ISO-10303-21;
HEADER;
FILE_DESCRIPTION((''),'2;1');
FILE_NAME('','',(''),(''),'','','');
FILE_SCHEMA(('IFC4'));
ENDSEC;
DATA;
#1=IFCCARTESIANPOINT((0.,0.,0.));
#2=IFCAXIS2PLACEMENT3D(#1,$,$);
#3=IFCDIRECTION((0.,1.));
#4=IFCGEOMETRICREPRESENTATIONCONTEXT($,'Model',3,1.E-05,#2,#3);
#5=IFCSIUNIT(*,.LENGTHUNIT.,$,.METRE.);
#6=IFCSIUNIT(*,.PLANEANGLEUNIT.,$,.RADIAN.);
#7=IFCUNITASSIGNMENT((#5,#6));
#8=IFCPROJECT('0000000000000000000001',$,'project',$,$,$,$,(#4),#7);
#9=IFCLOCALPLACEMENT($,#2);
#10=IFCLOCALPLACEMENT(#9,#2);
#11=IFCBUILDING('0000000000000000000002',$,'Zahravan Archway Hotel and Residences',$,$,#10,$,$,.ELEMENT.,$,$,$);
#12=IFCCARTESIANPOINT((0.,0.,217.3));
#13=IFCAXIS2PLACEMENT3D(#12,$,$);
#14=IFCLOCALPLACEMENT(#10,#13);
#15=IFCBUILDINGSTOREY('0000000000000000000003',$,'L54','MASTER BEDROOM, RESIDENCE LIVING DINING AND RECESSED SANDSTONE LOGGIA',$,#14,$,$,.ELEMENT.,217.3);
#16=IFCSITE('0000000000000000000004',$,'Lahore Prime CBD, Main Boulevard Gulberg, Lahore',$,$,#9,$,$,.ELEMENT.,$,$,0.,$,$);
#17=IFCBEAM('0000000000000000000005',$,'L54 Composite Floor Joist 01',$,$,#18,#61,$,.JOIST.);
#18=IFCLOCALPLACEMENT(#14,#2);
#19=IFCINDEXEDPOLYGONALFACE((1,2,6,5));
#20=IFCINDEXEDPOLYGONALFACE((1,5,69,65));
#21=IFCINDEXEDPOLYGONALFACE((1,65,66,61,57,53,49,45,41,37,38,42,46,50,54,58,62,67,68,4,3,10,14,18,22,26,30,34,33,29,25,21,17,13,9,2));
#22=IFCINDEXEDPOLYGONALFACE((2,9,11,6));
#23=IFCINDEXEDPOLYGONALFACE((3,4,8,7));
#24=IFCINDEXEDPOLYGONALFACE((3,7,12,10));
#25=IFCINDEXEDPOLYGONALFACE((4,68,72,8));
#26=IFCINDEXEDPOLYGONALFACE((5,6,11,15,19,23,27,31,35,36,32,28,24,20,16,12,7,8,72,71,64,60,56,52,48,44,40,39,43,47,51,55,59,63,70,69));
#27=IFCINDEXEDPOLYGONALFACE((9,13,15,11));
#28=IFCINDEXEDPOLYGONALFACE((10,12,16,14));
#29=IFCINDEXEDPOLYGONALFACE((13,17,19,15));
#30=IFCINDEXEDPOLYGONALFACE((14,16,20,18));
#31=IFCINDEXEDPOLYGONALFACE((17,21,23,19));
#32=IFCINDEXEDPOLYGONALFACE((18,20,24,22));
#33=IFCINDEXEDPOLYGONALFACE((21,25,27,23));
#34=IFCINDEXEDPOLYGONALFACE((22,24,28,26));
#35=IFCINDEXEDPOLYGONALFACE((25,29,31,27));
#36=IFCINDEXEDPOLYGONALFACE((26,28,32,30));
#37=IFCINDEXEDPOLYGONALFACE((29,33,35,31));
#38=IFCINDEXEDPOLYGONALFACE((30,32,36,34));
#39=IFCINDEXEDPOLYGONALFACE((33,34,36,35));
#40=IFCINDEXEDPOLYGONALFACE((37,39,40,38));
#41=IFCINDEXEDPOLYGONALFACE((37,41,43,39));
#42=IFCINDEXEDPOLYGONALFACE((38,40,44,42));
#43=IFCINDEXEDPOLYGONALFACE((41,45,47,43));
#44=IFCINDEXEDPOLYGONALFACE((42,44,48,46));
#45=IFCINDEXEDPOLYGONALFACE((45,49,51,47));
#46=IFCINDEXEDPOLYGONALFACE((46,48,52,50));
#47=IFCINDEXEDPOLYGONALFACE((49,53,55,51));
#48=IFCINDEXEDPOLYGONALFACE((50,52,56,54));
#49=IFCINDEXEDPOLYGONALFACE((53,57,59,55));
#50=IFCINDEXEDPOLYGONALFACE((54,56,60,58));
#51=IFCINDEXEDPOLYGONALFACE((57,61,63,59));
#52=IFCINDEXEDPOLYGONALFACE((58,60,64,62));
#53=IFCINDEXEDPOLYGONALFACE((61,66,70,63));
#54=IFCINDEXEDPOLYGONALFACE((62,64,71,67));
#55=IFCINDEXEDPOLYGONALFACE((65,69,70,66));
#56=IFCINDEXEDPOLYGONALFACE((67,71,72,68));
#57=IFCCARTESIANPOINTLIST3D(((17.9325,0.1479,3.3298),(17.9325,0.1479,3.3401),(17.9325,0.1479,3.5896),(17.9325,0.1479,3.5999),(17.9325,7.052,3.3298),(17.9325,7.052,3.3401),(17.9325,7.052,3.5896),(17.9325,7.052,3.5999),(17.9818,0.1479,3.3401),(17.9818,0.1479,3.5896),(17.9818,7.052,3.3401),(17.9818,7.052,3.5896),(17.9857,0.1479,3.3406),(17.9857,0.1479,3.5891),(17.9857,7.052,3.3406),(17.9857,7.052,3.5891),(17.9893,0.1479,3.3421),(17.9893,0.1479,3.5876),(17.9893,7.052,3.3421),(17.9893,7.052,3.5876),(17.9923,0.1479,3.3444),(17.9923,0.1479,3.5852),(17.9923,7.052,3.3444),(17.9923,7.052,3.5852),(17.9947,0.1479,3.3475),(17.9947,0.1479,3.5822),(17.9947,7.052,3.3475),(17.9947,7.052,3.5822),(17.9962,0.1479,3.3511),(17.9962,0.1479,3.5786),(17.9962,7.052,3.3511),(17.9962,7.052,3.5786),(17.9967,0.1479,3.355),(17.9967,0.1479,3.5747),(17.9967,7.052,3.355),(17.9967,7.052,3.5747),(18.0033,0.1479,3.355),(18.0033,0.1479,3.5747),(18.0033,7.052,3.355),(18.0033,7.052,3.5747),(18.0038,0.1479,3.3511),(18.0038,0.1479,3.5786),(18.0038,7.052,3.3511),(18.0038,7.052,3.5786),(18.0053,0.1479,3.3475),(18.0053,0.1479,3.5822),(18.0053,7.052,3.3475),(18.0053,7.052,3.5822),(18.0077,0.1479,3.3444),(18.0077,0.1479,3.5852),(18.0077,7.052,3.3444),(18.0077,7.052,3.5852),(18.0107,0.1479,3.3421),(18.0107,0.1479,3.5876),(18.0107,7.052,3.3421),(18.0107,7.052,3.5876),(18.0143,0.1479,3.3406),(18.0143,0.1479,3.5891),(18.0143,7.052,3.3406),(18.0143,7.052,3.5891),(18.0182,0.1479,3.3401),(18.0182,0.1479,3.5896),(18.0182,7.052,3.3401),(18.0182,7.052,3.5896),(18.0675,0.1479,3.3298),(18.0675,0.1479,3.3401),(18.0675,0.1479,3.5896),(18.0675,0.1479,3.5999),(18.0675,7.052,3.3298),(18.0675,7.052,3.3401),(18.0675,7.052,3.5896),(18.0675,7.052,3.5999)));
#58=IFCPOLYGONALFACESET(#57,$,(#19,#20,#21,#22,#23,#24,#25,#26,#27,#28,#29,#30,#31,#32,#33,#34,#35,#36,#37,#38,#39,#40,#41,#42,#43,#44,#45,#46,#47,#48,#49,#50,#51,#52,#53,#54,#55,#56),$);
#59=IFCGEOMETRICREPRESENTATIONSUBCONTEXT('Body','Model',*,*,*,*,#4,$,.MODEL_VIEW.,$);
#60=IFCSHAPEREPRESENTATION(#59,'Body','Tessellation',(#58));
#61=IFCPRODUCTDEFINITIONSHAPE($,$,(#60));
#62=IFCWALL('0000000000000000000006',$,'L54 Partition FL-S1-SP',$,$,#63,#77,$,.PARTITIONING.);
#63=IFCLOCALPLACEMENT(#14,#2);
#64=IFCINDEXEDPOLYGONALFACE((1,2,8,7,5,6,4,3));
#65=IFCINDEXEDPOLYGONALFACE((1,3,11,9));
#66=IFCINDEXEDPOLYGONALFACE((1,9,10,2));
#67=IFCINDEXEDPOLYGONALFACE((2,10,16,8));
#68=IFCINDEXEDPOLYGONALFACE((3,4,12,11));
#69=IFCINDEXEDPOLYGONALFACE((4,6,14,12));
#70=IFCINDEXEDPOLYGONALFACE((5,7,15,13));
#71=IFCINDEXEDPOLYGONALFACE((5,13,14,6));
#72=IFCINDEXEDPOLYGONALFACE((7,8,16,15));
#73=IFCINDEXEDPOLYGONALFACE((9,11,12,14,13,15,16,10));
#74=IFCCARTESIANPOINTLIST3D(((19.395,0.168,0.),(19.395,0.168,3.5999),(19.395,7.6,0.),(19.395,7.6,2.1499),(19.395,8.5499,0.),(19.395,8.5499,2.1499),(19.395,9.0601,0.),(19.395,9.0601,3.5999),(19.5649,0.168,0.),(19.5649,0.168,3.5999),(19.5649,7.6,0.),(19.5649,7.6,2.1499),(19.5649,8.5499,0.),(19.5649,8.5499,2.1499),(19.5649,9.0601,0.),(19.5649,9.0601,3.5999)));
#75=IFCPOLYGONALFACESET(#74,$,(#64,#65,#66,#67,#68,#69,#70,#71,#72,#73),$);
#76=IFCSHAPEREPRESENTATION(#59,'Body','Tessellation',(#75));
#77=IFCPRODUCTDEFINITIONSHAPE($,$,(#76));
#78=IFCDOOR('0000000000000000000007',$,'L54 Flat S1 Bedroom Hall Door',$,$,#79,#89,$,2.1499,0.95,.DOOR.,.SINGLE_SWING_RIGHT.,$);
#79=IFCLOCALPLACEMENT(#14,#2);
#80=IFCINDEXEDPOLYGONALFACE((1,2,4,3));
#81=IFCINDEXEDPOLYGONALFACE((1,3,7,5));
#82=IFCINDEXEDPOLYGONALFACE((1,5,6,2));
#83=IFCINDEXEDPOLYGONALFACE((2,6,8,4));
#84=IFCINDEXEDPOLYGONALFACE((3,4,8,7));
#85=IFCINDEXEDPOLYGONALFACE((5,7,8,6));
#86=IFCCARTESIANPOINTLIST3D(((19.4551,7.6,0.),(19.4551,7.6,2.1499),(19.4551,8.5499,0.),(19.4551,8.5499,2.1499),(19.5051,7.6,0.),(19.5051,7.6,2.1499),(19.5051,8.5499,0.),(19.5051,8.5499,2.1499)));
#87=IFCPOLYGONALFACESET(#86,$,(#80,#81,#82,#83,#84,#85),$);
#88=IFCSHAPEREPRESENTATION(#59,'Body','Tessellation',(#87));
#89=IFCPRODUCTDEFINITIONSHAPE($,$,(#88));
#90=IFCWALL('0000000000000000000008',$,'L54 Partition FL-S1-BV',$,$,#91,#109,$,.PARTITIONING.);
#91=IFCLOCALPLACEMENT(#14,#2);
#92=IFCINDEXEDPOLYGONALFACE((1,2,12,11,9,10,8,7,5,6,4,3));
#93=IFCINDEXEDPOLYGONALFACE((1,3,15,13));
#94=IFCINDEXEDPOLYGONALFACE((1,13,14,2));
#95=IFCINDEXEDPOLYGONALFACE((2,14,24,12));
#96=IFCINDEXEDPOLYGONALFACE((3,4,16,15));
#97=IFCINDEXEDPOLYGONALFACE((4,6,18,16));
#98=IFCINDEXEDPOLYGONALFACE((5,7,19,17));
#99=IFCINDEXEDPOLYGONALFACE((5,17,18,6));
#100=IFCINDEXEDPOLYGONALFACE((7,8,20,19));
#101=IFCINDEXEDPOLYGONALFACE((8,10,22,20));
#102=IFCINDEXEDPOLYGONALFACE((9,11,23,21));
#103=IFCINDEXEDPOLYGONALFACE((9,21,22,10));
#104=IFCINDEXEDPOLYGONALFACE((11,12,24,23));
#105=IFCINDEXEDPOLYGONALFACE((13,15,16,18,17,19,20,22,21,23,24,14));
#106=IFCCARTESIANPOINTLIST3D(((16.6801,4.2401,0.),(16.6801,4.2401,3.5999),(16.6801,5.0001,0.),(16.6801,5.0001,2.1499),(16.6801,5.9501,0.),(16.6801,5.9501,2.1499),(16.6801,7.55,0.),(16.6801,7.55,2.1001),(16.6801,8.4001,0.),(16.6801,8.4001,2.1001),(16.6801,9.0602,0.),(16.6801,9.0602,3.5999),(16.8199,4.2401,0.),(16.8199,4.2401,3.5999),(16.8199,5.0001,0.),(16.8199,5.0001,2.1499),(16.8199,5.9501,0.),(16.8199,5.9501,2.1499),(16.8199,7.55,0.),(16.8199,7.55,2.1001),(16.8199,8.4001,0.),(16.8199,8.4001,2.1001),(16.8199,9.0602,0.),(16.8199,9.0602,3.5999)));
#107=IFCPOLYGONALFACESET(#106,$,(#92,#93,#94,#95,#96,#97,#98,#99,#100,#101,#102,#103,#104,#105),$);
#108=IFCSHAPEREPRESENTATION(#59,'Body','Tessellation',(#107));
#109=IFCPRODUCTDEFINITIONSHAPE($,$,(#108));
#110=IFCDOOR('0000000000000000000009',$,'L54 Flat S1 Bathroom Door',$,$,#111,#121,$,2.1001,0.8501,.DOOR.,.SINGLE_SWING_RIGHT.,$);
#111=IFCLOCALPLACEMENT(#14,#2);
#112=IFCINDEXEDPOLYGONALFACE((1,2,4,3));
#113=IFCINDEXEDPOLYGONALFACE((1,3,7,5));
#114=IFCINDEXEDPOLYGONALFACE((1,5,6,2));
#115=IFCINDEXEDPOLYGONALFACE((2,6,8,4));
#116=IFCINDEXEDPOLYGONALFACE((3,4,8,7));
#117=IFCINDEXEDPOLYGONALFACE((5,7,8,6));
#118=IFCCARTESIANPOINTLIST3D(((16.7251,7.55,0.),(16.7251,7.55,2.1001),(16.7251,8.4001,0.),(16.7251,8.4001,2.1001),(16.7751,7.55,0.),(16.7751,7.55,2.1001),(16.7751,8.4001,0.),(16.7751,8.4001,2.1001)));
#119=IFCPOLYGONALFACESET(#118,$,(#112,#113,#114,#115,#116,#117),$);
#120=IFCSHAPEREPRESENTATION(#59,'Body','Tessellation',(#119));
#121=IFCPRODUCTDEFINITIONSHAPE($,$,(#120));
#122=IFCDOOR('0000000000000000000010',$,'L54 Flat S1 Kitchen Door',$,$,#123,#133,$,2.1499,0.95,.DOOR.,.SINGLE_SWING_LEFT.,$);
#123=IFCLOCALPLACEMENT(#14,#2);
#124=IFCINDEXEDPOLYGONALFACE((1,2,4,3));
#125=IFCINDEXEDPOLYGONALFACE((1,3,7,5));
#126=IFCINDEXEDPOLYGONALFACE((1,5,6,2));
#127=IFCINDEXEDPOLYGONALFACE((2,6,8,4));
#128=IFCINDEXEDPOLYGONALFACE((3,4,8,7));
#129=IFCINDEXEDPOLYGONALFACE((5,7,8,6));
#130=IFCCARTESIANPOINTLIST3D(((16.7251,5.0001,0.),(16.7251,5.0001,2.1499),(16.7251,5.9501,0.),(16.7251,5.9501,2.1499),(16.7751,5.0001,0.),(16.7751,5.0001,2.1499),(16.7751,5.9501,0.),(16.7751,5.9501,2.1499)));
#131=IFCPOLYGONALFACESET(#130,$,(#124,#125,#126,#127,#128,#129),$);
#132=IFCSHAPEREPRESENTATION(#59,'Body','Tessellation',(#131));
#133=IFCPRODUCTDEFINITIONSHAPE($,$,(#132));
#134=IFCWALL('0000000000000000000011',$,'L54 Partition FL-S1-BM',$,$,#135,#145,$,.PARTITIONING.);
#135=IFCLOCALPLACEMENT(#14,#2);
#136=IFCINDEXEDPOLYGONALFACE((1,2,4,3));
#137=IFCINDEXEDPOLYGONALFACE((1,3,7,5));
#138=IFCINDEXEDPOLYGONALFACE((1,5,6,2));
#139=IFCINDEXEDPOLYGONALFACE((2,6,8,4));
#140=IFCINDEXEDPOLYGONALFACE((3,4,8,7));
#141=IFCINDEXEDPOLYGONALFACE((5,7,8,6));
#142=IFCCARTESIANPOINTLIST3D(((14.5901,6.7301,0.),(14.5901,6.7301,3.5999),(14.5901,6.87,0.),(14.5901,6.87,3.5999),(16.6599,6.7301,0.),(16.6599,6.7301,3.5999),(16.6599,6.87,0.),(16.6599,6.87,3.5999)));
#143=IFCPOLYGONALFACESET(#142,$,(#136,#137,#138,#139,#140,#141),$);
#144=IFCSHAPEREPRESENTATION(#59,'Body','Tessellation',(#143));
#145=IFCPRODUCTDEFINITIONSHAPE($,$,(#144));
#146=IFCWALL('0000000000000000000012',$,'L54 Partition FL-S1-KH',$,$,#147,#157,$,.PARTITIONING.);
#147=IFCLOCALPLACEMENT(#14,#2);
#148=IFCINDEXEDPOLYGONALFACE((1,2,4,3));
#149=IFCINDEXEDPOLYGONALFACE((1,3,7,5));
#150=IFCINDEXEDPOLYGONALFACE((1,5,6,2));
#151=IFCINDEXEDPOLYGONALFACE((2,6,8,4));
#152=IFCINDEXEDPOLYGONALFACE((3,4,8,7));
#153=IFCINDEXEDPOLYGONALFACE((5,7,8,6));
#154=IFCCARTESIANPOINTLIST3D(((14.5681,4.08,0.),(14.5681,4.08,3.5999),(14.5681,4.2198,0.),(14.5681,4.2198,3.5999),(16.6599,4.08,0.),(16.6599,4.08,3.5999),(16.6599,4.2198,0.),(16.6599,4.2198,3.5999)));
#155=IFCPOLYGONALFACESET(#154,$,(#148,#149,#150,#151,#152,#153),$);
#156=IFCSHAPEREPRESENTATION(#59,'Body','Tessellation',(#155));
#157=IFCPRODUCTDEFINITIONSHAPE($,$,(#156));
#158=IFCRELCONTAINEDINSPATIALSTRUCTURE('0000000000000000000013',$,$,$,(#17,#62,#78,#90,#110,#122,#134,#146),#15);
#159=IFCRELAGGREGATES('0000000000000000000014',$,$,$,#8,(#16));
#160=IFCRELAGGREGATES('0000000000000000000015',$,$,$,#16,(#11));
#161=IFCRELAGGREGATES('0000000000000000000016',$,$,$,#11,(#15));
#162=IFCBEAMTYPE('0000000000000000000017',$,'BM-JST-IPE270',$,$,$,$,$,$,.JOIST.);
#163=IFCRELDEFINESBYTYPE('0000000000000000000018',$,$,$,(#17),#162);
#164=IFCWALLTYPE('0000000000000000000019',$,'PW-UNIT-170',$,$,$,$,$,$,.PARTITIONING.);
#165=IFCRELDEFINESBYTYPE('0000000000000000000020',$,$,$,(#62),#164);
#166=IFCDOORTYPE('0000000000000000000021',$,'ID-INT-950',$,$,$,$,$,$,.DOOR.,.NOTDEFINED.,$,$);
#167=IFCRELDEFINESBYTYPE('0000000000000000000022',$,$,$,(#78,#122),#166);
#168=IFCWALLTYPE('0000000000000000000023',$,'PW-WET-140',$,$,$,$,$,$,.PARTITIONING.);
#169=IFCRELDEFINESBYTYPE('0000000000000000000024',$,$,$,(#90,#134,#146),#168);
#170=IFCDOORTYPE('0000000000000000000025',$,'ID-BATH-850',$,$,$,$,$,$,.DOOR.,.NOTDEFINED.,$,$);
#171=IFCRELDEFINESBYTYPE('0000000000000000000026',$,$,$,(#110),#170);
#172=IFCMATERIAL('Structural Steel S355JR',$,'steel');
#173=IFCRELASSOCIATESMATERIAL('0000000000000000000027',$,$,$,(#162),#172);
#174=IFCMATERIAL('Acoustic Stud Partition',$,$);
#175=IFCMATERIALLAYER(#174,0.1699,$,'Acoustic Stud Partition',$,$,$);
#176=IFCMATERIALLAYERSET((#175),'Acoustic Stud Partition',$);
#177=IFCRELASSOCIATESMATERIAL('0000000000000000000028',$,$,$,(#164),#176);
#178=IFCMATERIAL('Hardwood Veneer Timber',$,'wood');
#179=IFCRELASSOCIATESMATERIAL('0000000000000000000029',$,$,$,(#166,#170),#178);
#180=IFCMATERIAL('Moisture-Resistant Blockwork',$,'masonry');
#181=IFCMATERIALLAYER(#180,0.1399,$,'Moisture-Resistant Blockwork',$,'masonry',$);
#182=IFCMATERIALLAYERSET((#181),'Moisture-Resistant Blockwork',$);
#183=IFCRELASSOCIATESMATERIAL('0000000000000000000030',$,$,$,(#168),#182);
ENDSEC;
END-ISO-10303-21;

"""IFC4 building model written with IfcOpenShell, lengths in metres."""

from ifc_helpers import new_model, si_unit, direction, frame, frame_2d, origin, origin_2d, place, context, subcontext, project, spatial, rectangle, i_section, extrude, source, transform, mapped, material, layer, layer_set, material_profile, profile_set, type_object, type_shapes, element, fill, save


model = new_model("IFC4")

# Units and contexts
model_context = context("Model", 3, precision=1e-05, world=origin(), true_north=direction((0.0, 1.0)))
body_context = subcontext(model_context, "Body", "Model", "MODEL_VIEW")
ifc_project = project(units=[si_unit("LENGTHUNIT", "METRE"), si_unit("PLANEANGLEUNIT", "RADIAN")], contexts=[model_context])

# Site, building, storey
site_placement = place(None, origin())
site = spatial("IfcSite", under=ifc_project, at=site_placement, Name="Lahore Prime CBD, Main Boulevard Gulberg, Lahore", CompositionType="ELEMENT", RefElevation=0.0)
building_placement = place(site_placement, origin())
building = spatial("IfcBuilding", under=site, at=building_placement, Name="Zahravan Archway Hotel and Residences", CompositionType="ELEMENT")
storey_placement = place(building_placement, frame((0.0, 0.0, 217.3)))
storey = spatial("IfcBuildingStorey", under=building, at=storey_placement, Name="L54", Description="MASTER BEDROOM, RESIDENCE LIVING DINING AND RECESSED SANDSTONE LOGGIA", CompositionType="ELEMENT", Elevation=217.3)

# Beam
ifc_material_1 = material(Name="Structural Steel S355JR", Category="steel")
ifc_material_profile = material_profile(ifc_material_1, i_section(OverallWidth=0.135, OverallDepth=0.27, WebThickness=0.0066, FlangeThickness=0.0103, FilletRadius=0.0149, at=origin_2d()), Name="IPE 270", Category="steel")
ifc_profile_set = profile_set([ifc_material_profile], Name="Structural Steel S355JR")
beam_type = type_object("IfcBeamType", Name="BM-JST-IPE270", PredefinedType="JOIST", material=ifc_profile_set)
shared_shape_1 = source(origin(), body_context, "Body", "SweptSolid", [
    extrude(i_section(OverallWidth=0.135, OverallDepth=0.27, WebThickness=0.0066, FlangeThickness=0.0103, FilletRadius=0.0149, at=origin_2d()), origin(), (0.0, 0.0, 1.0), 6.9041),
])
type_shapes(beam_type, [shared_shape_1])
beam_placement = place(storey_placement, frame((18.0, 0.1479, 3.4648), z_axis=(0.0, 1.0, 0.0), x_axis=(-1.0, 0.0, 0.0)))
element("IfcBeam", 1, at=beam_placement, inside=storey, type_object=beam_type, Name="L54 Composite Floor Joist 01", PredefinedType="JOIST", context=body_context, shape_type="MappedRepresentation", body=[
    mapped(shared_shape_1, transform((0.0, 0.0, 0.0), scale=1.0)),
])

# Wall, opening, door
ifc_material_2 = material(Name="Acoustic Stud Partition")
ifc_layer_1 = layer(ifc_material_2, 0.1699, Name="Acoustic Stud Partition")
ifc_layer_set_1 = layer_set([ifc_layer_1], Name="Acoustic Stud Partition")
wall_type_1 = type_object("IfcWallType", Name="PW-UNIT-170", PredefinedType="PARTITIONING", material=ifc_layer_set_1)
wall_1_placement = place(storey_placement, frame((19.48, 0.168, 0.0), z_axis=(0.0, 0.0, 1.0), x_axis=(0.0, 1.0, 0.0)))
wall_1 = element("IfcWall", 2, at=wall_1_placement, inside=storey, type_object=wall_type_1, Name="L54 Partition FL-S1-SP", PredefinedType="PARTITIONING", context=body_context, shape_type="SweptSolid", body=[
    extrude(rectangle(XDim=8.8921, YDim=0.1699, at=frame_2d((4.446, 0.0))), origin(), (0.0, 0.0, 1.0), 3.5999),
])
opening_1_placement = place(wall_1_placement, frame((7.4319, 0.0, 0.0)))
opening_1 = element("IfcOpeningElement", 3, at=opening_1_placement, cuts=wall_1, PredefinedType="OPENING", context=body_context, shape_type="SweptSolid", body=[
    extrude(rectangle(XDim=0.95, YDim=2.1499, at=frame_2d((0.4751, 1.075))), frame((0.0, 0.095, 0.0), z_axis=(0.0, -1.0, 0.0), x_axis=(1.0, 0.0, 0.0)), (0.0, 0.0, 1.0), 0.1899),
])
ifc_material_3 = material(Name="Hardwood Veneer Timber", Category="wood")
door_type_1 = type_object("IfcDoorType", Name="ID-INT-950", OperationType="NOTDEFINED", PredefinedType="DOOR", material=ifc_material_3)
shared_shape_2 = source(origin(), body_context, "Body", "SweptSolid", [
    extrude(rectangle(XDim=0.95, YDim=2.1499, at=frame_2d((0.4751, 1.075))), frame((0.0, 0.0249, 0.0), z_axis=(0.0, -1.0, 0.0), x_axis=(1.0, 0.0, 0.0)), (0.0, 0.0, 1.0), 0.05),
])
type_shapes(door_type_1, [shared_shape_2])
door_1_placement = place(opening_1_placement, origin())
door_1 = element("IfcDoor", 4, at=door_1_placement, inside=storey, type_object=door_type_1, Name="L54 Flat S1 Bedroom Hall Door", OperationType="SINGLE_SWING_RIGHT", OverallHeight=2.1499, OverallWidth=0.95, PredefinedType="DOOR", context=body_context, shape_type="MappedRepresentation", body=[
    mapped(shared_shape_2, transform((0.0, 0.0, 0.0), scale=1.0)),
])
fill(opening_1, door_1)

# Wall, openings, doors
ifc_material_4 = material(Name="Moisture-Resistant Blockwork", Category="masonry")
ifc_layer_2 = layer(ifc_material_4, 0.1399, Name="Moisture-Resistant Blockwork", Category="masonry")
ifc_layer_set_2 = layer_set([ifc_layer_2], Name="Moisture-Resistant Blockwork")
wall_type_2 = type_object("IfcWallType", Name="PW-WET-140", PredefinedType="PARTITIONING", material=ifc_layer_set_2)
wall_2_placement = place(storey_placement, frame((16.75, 4.24, 0.0), z_axis=(0.0, 0.0, 1.0), x_axis=(0.0, 1.0, 0.0)))
wall_2 = element("IfcWall", 5, at=wall_2_placement, inside=storey, type_object=wall_type_2, Name="L54 Partition FL-S1-BV", PredefinedType="PARTITIONING", context=body_context, shape_type="SweptSolid", body=[
    extrude(rectangle(XDim=4.8201, YDim=0.1399, at=frame_2d((2.4102, 0.0))), origin(), (0.0, 0.0, 1.0), 3.5999),
])
opening_2_placement = place(wall_2_placement, frame((0.76, 0.0, 0.0)))
opening_2 = element("IfcOpeningElement", 6, at=opening_2_placement, cuts=wall_2, PredefinedType="OPENING", context=body_context, shape_type="SweptSolid", body=[
    extrude(rectangle(XDim=0.95, YDim=2.1499, at=frame_2d((0.4751, 1.075))), frame((0.0, 0.0801, 0.0), z_axis=(0.0, -1.0, 0.0), x_axis=(1.0, 0.0, 0.0)), (0.0, 0.0, 1.0), 0.1599),
])
opening_3_placement = place(wall_2_placement, frame((3.3101, 0.0, 0.0)))
opening_3 = element("IfcOpeningElement", 7, at=opening_3_placement, cuts=wall_2, PredefinedType="OPENING", context=body_context, shape_type="SweptSolid", body=[
    extrude(rectangle(XDim=0.8501, YDim=2.1001, at=frame_2d((0.425, 1.05))), frame((0.0, 0.0801, 0.0), z_axis=(0.0, -1.0, 0.0), x_axis=(1.0, 0.0, 0.0)), (0.0, 0.0, 1.0), 0.1599),
])
door_type_2 = type_object("IfcDoorType", Name="ID-BATH-850", OperationType="NOTDEFINED", PredefinedType="DOOR", material=ifc_material_3)
shared_shape_3 = source(origin(), body_context, "Body", "SweptSolid", [
    extrude(rectangle(XDim=0.8501, YDim=2.1001, at=frame_2d((0.425, 1.05))), frame((0.0, 0.0249, 0.0), z_axis=(0.0, -1.0, 0.0), x_axis=(1.0, 0.0, 0.0)), (0.0, 0.0, 1.0), 0.05),
])
type_shapes(door_type_2, [shared_shape_3])
door_2_placement = place(opening_3_placement, origin())
door_2 = element("IfcDoor", 8, at=door_2_placement, inside=storey, type_object=door_type_2, Name="L54 Flat S1 Bathroom Door", OperationType="SINGLE_SWING_RIGHT", OverallHeight=2.1001, OverallWidth=0.8501, PredefinedType="DOOR", context=body_context, shape_type="MappedRepresentation", body=[
    mapped(shared_shape_3, transform((0.0, 0.0, 0.0), scale=1.0)),
])
fill(opening_3, door_2)
door_3_placement = place(opening_2_placement, origin())
door_3 = element("IfcDoor", 9, at=door_3_placement, inside=storey, type_object=door_type_1, Name="L54 Flat S1 Kitchen Door", OperationType="SINGLE_SWING_LEFT", OverallHeight=2.1499, OverallWidth=0.95, PredefinedType="DOOR", context=body_context, shape_type="MappedRepresentation", body=[
    mapped(shared_shape_2, transform((0.0, 0.0, 0.0), scale=1.0)),
])
fill(opening_2, door_3)

# Walls
wall_3_placement = place(storey_placement, frame((14.5901, 6.8, 0.0), z_axis=(0.0, 0.0, 1.0), x_axis=(1.0, 0.0, 0.0)))
element("IfcWall", 10, at=wall_3_placement, inside=storey, type_object=wall_type_2, Name="L54 Partition FL-S1-BM", PredefinedType="PARTITIONING", context=body_context, shape_type="SweptSolid", body=[
    extrude(rectangle(XDim=2.0698, YDim=0.1399, at=frame_2d((1.0349, 0.0))), origin(), (0.0, 0.0, 1.0), 3.5999),
])
wall_4_placement = place(storey_placement, frame((14.5681, 4.1499, 0.0), z_axis=(0.0, 0.0, 1.0), x_axis=(1.0, 0.0, 0.0)))
element("IfcWall", 11, at=wall_4_placement, inside=storey, type_object=wall_type_2, Name="L54 Partition FL-S1-KH", PredefinedType="PARTITIONING", context=body_context, shape_type="SweptSolid", body=[
    extrude(rectangle(XDim=2.0918, YDim=0.1399, at=frame_2d((1.0459, 0.0))), origin(), (0.0, 0.0, 1.0), 3.5999),
])

save(model, "model.ifc")
